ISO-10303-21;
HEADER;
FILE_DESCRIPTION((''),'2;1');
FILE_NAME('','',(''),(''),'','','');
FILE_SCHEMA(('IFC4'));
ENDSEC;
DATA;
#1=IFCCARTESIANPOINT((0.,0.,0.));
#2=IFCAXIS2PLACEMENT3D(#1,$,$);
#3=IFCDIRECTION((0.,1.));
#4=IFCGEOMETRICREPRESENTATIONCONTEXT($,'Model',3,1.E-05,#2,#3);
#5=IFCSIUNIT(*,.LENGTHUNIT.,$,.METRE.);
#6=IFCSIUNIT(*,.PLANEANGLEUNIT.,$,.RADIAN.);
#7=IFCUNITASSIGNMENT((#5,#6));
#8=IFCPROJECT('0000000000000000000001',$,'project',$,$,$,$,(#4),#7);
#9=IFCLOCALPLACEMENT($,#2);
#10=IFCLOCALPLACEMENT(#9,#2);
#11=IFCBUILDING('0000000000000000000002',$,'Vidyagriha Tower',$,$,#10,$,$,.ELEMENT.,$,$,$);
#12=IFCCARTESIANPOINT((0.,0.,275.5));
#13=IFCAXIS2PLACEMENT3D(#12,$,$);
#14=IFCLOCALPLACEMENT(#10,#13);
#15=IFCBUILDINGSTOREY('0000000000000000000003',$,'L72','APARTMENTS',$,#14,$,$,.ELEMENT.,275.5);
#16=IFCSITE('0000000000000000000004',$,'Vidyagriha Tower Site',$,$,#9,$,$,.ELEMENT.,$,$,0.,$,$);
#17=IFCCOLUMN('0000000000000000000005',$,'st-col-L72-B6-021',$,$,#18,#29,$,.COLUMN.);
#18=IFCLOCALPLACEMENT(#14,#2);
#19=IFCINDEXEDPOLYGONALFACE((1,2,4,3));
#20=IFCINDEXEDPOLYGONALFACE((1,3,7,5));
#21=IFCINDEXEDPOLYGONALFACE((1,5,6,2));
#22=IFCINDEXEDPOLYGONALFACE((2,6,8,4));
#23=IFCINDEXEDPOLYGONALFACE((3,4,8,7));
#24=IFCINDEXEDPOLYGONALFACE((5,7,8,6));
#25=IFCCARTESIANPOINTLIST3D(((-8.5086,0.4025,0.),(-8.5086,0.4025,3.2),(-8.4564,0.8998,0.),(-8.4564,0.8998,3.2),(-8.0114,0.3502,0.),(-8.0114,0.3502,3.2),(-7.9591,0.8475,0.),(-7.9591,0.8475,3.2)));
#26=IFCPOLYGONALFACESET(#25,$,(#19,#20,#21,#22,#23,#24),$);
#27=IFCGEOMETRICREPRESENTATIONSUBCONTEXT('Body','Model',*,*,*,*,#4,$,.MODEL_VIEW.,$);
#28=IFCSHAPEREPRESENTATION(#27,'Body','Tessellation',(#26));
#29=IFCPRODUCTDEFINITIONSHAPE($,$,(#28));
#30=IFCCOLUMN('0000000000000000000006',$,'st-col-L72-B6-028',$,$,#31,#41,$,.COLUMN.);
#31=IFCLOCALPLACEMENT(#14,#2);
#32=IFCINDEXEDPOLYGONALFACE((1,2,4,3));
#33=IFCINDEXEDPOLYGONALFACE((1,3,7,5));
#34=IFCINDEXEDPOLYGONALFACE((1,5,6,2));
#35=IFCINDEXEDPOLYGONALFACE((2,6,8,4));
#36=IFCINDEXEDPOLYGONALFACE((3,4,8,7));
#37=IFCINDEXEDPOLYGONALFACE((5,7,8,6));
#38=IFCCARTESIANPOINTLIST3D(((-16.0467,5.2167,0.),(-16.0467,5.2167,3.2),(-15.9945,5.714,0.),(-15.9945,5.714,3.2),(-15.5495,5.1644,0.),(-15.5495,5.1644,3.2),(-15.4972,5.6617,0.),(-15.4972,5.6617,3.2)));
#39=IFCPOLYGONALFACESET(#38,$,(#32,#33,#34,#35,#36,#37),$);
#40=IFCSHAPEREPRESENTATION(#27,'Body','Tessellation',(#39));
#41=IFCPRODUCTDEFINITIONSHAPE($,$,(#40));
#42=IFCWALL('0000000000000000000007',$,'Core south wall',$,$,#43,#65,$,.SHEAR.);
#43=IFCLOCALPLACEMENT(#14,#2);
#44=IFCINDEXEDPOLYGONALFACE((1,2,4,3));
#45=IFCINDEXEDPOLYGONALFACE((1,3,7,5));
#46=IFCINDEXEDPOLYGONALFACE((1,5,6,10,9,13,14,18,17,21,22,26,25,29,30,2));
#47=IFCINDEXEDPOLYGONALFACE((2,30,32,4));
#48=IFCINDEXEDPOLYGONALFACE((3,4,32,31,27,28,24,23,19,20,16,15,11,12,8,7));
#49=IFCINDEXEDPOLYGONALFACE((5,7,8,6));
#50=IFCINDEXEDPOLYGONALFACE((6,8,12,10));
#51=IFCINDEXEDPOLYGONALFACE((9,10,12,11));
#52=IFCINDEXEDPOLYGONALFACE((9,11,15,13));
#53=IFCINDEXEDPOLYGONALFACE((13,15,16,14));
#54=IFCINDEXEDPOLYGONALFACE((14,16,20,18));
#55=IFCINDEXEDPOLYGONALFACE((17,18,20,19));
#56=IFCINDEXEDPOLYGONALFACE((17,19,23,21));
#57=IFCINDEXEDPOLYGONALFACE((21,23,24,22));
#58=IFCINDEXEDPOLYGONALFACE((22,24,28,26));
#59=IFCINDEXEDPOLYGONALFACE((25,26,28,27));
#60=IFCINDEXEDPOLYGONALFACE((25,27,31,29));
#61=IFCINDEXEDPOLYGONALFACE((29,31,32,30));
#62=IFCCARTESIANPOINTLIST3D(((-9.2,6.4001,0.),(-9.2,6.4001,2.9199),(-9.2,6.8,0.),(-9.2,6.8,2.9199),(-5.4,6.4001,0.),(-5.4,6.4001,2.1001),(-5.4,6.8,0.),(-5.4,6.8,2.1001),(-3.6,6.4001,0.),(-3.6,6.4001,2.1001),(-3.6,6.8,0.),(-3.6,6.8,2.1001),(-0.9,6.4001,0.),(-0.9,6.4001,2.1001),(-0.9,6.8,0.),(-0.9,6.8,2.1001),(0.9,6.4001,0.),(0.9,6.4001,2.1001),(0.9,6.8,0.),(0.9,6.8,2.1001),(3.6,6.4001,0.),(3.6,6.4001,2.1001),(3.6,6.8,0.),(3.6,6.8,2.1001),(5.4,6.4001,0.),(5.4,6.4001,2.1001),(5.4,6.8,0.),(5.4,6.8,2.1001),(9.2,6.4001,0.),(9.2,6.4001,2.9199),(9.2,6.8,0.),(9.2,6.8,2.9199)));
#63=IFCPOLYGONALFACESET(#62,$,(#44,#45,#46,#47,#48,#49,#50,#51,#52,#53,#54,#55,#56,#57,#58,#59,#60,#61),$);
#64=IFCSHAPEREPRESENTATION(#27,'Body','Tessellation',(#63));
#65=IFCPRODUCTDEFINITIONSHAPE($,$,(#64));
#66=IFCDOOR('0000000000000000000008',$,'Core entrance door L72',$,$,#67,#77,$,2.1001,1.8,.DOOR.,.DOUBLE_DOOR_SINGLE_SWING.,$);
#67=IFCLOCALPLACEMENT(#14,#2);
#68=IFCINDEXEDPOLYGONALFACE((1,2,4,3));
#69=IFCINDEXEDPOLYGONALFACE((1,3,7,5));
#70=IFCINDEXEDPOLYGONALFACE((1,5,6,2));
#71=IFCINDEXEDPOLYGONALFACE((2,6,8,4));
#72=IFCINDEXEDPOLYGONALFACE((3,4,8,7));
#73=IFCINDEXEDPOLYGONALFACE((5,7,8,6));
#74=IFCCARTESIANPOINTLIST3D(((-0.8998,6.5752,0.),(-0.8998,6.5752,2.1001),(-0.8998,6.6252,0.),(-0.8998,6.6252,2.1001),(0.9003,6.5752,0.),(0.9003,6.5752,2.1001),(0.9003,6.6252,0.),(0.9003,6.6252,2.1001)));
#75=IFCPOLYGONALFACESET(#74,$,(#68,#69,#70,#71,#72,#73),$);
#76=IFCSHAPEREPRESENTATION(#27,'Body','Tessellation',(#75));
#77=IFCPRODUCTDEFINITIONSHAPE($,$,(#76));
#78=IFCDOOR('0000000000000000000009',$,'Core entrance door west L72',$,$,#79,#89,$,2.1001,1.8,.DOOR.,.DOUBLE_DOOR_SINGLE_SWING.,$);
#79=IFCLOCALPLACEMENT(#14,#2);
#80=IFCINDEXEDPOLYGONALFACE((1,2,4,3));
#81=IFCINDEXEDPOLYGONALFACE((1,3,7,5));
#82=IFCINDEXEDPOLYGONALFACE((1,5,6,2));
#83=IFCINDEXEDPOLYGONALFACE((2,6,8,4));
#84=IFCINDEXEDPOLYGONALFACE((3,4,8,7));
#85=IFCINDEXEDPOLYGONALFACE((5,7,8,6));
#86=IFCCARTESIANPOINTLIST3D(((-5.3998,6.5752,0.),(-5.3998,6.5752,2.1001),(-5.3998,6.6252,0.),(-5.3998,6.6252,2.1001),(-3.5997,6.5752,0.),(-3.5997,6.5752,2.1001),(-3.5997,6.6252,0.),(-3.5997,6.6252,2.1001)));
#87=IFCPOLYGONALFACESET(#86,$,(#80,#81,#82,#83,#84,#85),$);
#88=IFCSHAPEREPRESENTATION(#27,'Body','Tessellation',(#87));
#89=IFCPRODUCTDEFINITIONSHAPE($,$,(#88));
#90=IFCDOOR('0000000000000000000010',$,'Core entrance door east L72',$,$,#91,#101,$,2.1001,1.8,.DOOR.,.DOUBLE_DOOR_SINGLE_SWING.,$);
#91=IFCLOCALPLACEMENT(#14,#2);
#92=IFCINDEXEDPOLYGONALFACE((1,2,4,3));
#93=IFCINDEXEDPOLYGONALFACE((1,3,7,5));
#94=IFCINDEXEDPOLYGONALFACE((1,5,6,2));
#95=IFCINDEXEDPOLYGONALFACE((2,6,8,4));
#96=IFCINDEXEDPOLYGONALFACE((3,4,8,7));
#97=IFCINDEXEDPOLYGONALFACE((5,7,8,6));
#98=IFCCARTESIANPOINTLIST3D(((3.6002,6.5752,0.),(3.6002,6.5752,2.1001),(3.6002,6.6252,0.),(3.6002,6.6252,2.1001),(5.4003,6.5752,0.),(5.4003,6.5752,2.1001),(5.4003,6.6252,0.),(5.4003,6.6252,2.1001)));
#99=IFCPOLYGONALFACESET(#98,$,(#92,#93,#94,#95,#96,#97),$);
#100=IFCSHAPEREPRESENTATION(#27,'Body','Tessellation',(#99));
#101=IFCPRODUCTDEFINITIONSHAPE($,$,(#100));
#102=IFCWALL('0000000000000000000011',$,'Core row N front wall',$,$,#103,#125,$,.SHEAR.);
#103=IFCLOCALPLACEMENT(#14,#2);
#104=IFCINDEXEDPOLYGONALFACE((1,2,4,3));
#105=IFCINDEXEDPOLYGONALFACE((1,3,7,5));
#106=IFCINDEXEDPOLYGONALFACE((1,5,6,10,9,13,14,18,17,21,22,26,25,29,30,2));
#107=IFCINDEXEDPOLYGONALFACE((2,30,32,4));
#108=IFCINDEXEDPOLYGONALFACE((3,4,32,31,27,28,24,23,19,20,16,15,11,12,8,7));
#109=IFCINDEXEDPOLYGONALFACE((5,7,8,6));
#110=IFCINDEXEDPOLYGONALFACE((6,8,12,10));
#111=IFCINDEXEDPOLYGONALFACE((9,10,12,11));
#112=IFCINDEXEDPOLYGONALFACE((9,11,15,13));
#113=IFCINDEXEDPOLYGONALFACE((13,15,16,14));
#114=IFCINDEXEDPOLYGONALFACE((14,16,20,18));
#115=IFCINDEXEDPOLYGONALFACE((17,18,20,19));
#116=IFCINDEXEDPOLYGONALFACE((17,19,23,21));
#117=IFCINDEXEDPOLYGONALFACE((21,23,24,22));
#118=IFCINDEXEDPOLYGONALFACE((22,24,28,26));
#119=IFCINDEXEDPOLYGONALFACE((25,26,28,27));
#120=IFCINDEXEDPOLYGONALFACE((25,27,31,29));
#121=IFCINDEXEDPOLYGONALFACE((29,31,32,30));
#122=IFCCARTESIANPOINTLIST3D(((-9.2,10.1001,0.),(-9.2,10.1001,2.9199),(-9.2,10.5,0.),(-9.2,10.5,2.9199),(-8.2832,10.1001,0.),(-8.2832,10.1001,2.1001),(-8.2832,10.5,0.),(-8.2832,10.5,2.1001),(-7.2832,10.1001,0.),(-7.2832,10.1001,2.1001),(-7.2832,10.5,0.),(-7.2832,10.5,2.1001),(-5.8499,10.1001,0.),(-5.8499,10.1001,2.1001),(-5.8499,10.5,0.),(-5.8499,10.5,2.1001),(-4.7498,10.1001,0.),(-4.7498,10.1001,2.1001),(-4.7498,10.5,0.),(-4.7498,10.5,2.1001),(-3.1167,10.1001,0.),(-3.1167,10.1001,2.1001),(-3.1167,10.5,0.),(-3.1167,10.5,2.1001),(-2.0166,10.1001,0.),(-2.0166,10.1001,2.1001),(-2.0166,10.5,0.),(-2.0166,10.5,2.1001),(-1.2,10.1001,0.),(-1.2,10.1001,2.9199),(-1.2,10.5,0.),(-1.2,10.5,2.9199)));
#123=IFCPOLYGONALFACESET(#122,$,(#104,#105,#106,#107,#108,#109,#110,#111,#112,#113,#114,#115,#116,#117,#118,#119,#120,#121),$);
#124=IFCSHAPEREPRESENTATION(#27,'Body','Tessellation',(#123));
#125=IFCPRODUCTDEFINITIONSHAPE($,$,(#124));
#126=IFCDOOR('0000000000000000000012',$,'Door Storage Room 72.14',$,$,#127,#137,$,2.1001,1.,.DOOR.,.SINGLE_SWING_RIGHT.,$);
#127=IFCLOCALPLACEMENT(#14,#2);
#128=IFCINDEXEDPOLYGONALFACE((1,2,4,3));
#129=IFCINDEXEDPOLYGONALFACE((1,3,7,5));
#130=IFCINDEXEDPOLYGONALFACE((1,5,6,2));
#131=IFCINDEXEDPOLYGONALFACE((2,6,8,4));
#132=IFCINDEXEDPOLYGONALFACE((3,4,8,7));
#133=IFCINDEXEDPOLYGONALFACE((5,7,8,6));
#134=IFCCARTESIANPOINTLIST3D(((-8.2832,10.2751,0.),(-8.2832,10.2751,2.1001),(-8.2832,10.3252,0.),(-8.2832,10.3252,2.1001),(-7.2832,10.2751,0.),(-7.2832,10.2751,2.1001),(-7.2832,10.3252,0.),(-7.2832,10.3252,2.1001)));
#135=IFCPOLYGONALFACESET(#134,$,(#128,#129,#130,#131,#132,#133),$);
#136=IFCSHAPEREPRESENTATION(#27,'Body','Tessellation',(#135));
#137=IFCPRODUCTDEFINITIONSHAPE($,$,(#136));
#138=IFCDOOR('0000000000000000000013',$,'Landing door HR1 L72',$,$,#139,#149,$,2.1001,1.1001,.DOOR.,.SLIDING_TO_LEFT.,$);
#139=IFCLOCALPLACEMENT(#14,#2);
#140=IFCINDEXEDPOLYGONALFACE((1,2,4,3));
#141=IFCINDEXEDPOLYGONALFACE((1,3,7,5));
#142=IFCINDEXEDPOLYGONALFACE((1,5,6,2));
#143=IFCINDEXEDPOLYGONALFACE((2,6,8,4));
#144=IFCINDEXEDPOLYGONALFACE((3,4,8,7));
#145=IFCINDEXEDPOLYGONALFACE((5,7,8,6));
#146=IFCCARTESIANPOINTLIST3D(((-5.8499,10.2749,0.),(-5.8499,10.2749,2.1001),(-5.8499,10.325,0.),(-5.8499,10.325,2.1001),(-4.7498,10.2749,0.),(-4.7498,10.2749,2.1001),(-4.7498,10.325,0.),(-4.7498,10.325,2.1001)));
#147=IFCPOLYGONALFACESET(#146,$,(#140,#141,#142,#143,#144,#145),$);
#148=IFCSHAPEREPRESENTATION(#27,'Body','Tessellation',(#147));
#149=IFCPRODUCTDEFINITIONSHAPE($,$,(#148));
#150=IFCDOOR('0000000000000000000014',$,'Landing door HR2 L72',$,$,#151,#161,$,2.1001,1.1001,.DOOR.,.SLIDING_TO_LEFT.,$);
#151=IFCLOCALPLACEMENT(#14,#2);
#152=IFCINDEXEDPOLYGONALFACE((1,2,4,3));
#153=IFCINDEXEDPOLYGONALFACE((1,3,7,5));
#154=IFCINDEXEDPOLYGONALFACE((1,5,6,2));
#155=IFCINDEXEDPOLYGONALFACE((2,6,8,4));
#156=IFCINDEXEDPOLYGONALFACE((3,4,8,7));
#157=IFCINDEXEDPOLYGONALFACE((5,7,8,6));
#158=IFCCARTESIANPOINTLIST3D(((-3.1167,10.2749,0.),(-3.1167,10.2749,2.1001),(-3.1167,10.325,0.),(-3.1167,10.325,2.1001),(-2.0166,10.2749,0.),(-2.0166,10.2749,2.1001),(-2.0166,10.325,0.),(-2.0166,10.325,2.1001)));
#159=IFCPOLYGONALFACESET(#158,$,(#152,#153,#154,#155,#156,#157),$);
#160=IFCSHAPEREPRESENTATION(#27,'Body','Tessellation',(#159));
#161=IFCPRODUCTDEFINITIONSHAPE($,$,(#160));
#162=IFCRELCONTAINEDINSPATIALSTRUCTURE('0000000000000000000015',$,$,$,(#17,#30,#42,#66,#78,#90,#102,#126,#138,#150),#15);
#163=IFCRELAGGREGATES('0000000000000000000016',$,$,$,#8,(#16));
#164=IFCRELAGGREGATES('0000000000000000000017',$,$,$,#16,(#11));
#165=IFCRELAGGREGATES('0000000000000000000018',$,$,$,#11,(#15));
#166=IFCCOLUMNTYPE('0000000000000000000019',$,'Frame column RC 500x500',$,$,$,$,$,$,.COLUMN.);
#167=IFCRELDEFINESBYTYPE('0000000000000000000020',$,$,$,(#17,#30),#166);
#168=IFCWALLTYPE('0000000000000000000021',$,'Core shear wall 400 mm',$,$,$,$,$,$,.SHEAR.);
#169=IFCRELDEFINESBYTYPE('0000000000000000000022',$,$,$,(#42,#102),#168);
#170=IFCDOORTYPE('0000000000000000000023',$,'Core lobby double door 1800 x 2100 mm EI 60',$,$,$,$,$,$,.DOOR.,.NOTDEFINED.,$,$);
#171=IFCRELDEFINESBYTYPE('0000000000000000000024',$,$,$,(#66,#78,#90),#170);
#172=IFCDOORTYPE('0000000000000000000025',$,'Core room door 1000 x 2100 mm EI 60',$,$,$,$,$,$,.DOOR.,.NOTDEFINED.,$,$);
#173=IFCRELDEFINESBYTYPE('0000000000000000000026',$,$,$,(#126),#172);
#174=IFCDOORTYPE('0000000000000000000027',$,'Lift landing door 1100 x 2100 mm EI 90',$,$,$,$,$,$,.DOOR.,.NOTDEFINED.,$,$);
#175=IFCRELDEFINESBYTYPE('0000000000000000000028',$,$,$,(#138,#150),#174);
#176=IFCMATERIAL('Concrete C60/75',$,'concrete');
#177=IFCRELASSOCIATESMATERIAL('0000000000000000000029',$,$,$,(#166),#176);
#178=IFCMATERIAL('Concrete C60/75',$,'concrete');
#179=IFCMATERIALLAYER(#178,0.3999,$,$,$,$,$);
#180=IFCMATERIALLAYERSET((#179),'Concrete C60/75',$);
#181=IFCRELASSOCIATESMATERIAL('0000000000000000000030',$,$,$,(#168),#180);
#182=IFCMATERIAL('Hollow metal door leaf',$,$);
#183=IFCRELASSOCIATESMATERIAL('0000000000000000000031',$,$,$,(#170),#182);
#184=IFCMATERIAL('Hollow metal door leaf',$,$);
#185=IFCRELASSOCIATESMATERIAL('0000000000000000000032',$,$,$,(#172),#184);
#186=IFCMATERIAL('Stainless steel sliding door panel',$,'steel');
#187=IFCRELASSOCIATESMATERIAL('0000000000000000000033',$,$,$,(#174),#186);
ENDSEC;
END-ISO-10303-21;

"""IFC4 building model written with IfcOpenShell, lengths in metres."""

from ifc_helpers import new_model, si_unit, direction, frame, frame_2d, origin, origin_2d, place, context, subcontext, project, spatial, rectangle, extrude, material, layer, layer_set, material_profile, profile_set, type_object, element, fill, save


model = new_model("IFC4")

# Units and contexts
model_context = context("Model", 3, precision=1e-05, world=origin(), true_north=direction((0.0, 1.0)))
body_context = subcontext(model_context, "Body", "Model", "MODEL_VIEW")
ifc_project = project(units=[si_unit("LENGTHUNIT", "METRE"), si_unit("PLANEANGLEUNIT", "RADIAN")], contexts=[model_context])

# Site, building, storey
site_placement = place(None, origin())
site = spatial("IfcSite", under=ifc_project, at=site_placement, Name="Vidyagriha Tower Site", CompositionType="ELEMENT", RefElevation=0.0)
building_placement = place(site_placement, origin())
building = spatial("IfcBuilding", under=site, at=building_placement, Name="Vidyagriha Tower", CompositionType="ELEMENT")
storey_placement = place(building_placement, frame((0.0, 0.0, 275.5)))
storey = spatial("IfcBuildingStorey", under=building, at=storey_placement, Name="L72", Description="APARTMENTS", CompositionType="ELEMENT", Elevation=275.5)

# Columns
ifc_material_1 = material(Name="Concrete C60/75", Category="concrete")
ifc_material_profile = material_profile(ifc_material_1, rectangle(XDim=0.5, YDim=0.5, at=origin_2d()), Name="RC 500x500")
ifc_profile_set = profile_set([ifc_material_profile], Name="Concrete C60/75")
column_type = type_object("IfcColumnType", Name="Frame column RC 500x500", PredefinedType="COLUMN", material=ifc_profile_set)
for number, where, z_axis, x_axis, name in (
    (1, (-8.2339, 0.625, 0.0), (0.0, 0.0, 1.0), (0.994522, -0.104528, 0.0), "st-col-L72-B6-021"),
    (2, (-15.772, 5.4392, 0.0), (0.0, 0.0, 1.0), (0.994522, -0.104528, 0.0), "st-col-L72-B6-028"),
):
    element("IfcColumn", number, at=place(storey_placement, frame(where, z_axis=z_axis, x_axis=x_axis)), inside=storey, type_object=column_type, Name=name, PredefinedType="COLUMN", context=body_context, shape_type="SweptSolid", body=[
        extrude(rectangle(XDim=0.5, YDim=0.5, at=origin_2d()), origin(), (0.0, 0.0, 1.0), 3.2),
    ])

# Walls, openings, doors
ifc_material_2 = material(Name="Concrete C60/75", Category="concrete")
ifc_layer_1 = layer(ifc_material_2, 0.3999)
ifc_layer_set_1 = layer_set([ifc_layer_1], Name="Concrete C60/75")
wall_type_1 = type_object("IfcWallType", Name="Core shear wall 400 mm", PredefinedType="SHEAR", material=ifc_layer_set_1)
wall_1_placement = place(storey_placement, frame((-9.2, 6.6001, 0.0)))
wall_1 = element("IfcWall", 3, at=wall_1_placement, inside=storey, type_object=wall_type_1, Name="Core south wall", PredefinedType="SHEAR", context=body_context, shape_type="SweptSolid", body=[
    extrude(rectangle(XDim=18.3999, YDim=0.3999, at=frame_2d((9.2, 0.0))), origin(), (0.0, 0.0, 1.0), 2.9199),
])
opening_1_placement = place(wall_1_placement, frame((8.3, 0.0, 0.0)))
opening_1 = element("IfcOpeningElement", 4, at=opening_1_placement, cuts=wall_1, PredefinedType="OPENING", context=body_context, shape_type="SweptSolid", body=[
    extrude(rectangle(XDim=1.8, YDim=2.1001, at=frame_2d((0.8999, 1.05))), frame((0.0, 0.21, 0.0), z_axis=(0.0, -1.0, 0.0), x_axis=(1.0, 0.0, 0.0)), (0.0, 0.0, 1.0), 0.4199),
])
opening_2_placement = place(wall_1_placement, frame((3.8, 0.0, 0.0)))
opening_2 = element("IfcOpeningElement", 5, at=opening_2_placement, cuts=wall_1, PredefinedType="OPENING", context=body_context, shape_type="SweptSolid", body=[
    extrude(rectangle(XDim=1.8, YDim=2.1001, at=frame_2d((0.8999, 1.05))), frame((0.0, 0.21, 0.0), z_axis=(0.0, -1.0, 0.0), x_axis=(1.0, 0.0, 0.0)), (0.0, 0.0, 1.0), 0.4199),
])
opening_3_placement = place(wall_1_placement, frame((12.8, 0.0, 0.0)))
opening_3 = element("IfcOpeningElement", 6, at=opening_3_placement, cuts=wall_1, PredefinedType="OPENING", context=body_context, shape_type="SweptSolid", body=[
    extrude(rectangle(XDim=1.8, YDim=2.1001, at=frame_2d((0.8999, 1.05))), frame((0.0, 0.21, 0.0), z_axis=(0.0, -1.0, 0.0), x_axis=(1.0, 0.0, 0.0)), (0.0, 0.0, 1.0), 0.4199),
])
ifc_material_3 = material(Name="Hollow metal door leaf")
door_type_1 = type_object("IfcDoorType", Name="Core lobby double door 1800 x 2100 mm EI 60", OperationType="NOTDEFINED", PredefinedType="DOOR", material=ifc_material_3)
door_1_placement = place(opening_1_placement, frame((1.8, 0.0, 0.0), z_axis=(0.0, 0.0, 1.0), x_axis=(-1.0, 0.0, 0.0)))
door_1 = element("IfcDoor", 7, at=door_1_placement, inside=storey, type_object=door_type_1, Name="Core entrance door L72", OperationType="DOUBLE_DOOR_SINGLE_SWING", OverallHeight=2.1001, OverallWidth=1.8, PredefinedType="DOOR", context=body_context, shape_type="SweptSolid", body=[
    extrude(rectangle(XDim=1.8, YDim=2.1001, at=frame_2d((0.8999, 1.05))), frame((0.0, 0.0249, 0.0), z_axis=(0.0, -1.0, 0.0), x_axis=(1.0, 0.0, 0.0)), (0.0, 0.0, 1.0), 0.05),
])
fill(opening_1, door_1)
door_2_placement = place(opening_2_placement, frame((1.8, 0.0, 0.0), z_axis=(0.0, 0.0, 1.0), x_axis=(-1.0, 0.0, 0.0)))
door_2 = element("IfcDoor", 8, at=door_2_placement, inside=storey, type_object=door_type_1, Name="Core entrance door west L72", OperationType="DOUBLE_DOOR_SINGLE_SWING", OverallHeight=2.1001, OverallWidth=1.8, PredefinedType="DOOR", context=body_context, shape_type="SweptSolid", body=[
    extrude(rectangle(XDim=1.8, YDim=2.1001, at=frame_2d((0.8999, 1.05))), frame((0.0, 0.0249, 0.0), z_axis=(0.0, -1.0, 0.0), x_axis=(1.0, 0.0, 0.0)), (0.0, 0.0, 1.0), 0.05),
])
fill(opening_2, door_2)
door_3_placement = place(opening_3_placement, frame((1.8, 0.0, 0.0), z_axis=(0.0, 0.0, 1.0), x_axis=(-1.0, 0.0, 0.0)))
door_3 = element("IfcDoor", 9, at=door_3_placement, inside=storey, type_object=door_type_1, Name="Core entrance door east L72", OperationType="DOUBLE_DOOR_SINGLE_SWING", OverallHeight=2.1001, OverallWidth=1.8, PredefinedType="DOOR", context=body_context, shape_type="SweptSolid", body=[
    extrude(rectangle(XDim=1.8, YDim=2.1001, at=frame_2d((0.8999, 1.05))), frame((0.0, 0.0249, 0.0), z_axis=(0.0, -1.0, 0.0), x_axis=(1.0, 0.0, 0.0)), (0.0, 0.0, 1.0), 0.05),
])
fill(opening_3, door_3)
wall_2_placement = place(storey_placement, frame((-9.2, 10.3, 0.0)))
wall_2 = element("IfcWall", 10, at=wall_2_placement, inside=storey, type_object=wall_type_1, Name="Core row N front wall", PredefinedType="SHEAR", context=body_context, shape_type="SweptSolid", body=[
    extrude(rectangle(XDim=8.0, YDim=0.3999, at=frame_2d((4.0, 0.0))), origin(), (0.0, 0.0, 1.0), 2.9199),
])
opening_4_placement = place(wall_2_placement, frame((3.3501, 0.0, 0.0)))
opening_4 = element("IfcOpeningElement", 11, at=opening_4_placement, cuts=wall_2, PredefinedType="OPENING", context=body_context, shape_type="SweptSolid", body=[
    extrude(rectangle(XDim=1.1001, YDim=2.1001, at=frame_2d((0.55, 1.05))), frame((0.0, 0.21, 0.0), z_axis=(0.0, -1.0, 0.0), x_axis=(1.0, 0.0, 0.0)), (0.0, 0.0, 1.0), 0.4199),
])
opening_5_placement = place(wall_2_placement, frame((6.0833, 0.0, 0.0)))
opening_5 = element("IfcOpeningElement", 12, at=opening_5_placement, cuts=wall_2, PredefinedType="OPENING", context=body_context, shape_type="SweptSolid", body=[
    extrude(rectangle(XDim=1.1001, YDim=2.1001, at=frame_2d((0.55, 1.05))), frame((0.0, 0.21, 0.0), z_axis=(0.0, -1.0, 0.0), x_axis=(1.0, 0.0, 0.0)), (0.0, 0.0, 1.0), 0.4199),
])
opening_6_placement = place(wall_2_placement, frame((0.9167, 0.0, 0.0)))
opening_6 = element("IfcOpeningElement", 13, at=opening_6_placement, cuts=wall_2, PredefinedType="OPENING", context=body_context, shape_type="SweptSolid", body=[
    extrude(rectangle(XDim=1.0, YDim=2.1001, at=frame_2d((0.5, 1.05))), frame((0.0, 0.21, 0.0), z_axis=(0.0, -1.0, 0.0), x_axis=(1.0, 0.0, 0.0)), (0.0, 0.0, 1.0), 0.4199),
])
ifc_material_4 = material(Name="Hollow metal door leaf")
door_type_2 = type_object("IfcDoorType", Name="Core room door 1000 x 2100 mm EI 60", OperationType="NOTDEFINED", PredefinedType="DOOR", material=ifc_material_4)
door_4_placement = place(opening_6_placement, frame((1.0, 0.0, 0.0), z_axis=(0.0, 0.0, 1.0), x_axis=(-1.0, 0.0, 0.0)))
door_4 = element("IfcDoor", 14, at=door_4_placement, inside=storey, type_object=door_type_2, Name="Door Storage Room 72.14", OperationType="SINGLE_SWING_RIGHT", OverallHeight=2.1001, OverallWidth=1.0, PredefinedType="DOOR", context=body_context, shape_type="SweptSolid", body=[
    extrude(rectangle(XDim=1.0, YDim=2.1001, at=frame_2d((0.5, 1.05))), frame((0.0, 0.0249, 0.0), z_axis=(0.0, -1.0, 0.0), x_axis=(1.0, 0.0, 0.0)), (0.0, 0.0, 1.0), 0.05),
])
fill(opening_6, door_4)
ifc_material_5 = material(Name="Stainless steel sliding door panel", Category="steel")
door_type_3 = type_object("IfcDoorType", Name="Lift landing door 1100 x 2100 mm EI 90", OperationType="NOTDEFINED", PredefinedType="DOOR", material=ifc_material_5)
door_5_placement = place(opening_4_placement, origin())
door_5 = element("IfcDoor", 15, at=door_5_placement, inside=storey, type_object=door_type_3, Name="Landing door HR1 L72", OperationType="SLIDING_TO_LEFT", OverallHeight=2.1001, OverallWidth=1.1001, PredefinedType="DOOR", context=body_context, shape_type="SweptSolid", body=[
    extrude(rectangle(XDim=1.1001, YDim=2.1001, at=frame_2d((0.55, 1.05))), frame((0.0, 0.0249, 0.0), z_axis=(0.0, -1.0, 0.0), x_axis=(1.0, 0.0, 0.0)), (0.0, 0.0, 1.0), 0.05),
])
fill(opening_4, door_5)
door_6_placement = place(opening_5_placement, origin())
door_6 = element("IfcDoor", 16, at=door_6_placement, inside=storey, type_object=door_type_3, Name="Landing door HR2 L72", OperationType="SLIDING_TO_LEFT", OverallHeight=2.1001, OverallWidth=1.1001, PredefinedType="DOOR", context=body_context, shape_type="SweptSolid", body=[
    extrude(rectangle(XDim=1.1001, YDim=2.1001, at=frame_2d((0.55, 1.05))), frame((0.0, 0.0249, 0.0), z_axis=(0.0, -1.0, 0.0), x_axis=(1.0, 0.0, 0.0)), (0.0, 0.0, 1.0), 0.05),
])
fill(opening_5, door_6)

save(model, "model.ifc")
